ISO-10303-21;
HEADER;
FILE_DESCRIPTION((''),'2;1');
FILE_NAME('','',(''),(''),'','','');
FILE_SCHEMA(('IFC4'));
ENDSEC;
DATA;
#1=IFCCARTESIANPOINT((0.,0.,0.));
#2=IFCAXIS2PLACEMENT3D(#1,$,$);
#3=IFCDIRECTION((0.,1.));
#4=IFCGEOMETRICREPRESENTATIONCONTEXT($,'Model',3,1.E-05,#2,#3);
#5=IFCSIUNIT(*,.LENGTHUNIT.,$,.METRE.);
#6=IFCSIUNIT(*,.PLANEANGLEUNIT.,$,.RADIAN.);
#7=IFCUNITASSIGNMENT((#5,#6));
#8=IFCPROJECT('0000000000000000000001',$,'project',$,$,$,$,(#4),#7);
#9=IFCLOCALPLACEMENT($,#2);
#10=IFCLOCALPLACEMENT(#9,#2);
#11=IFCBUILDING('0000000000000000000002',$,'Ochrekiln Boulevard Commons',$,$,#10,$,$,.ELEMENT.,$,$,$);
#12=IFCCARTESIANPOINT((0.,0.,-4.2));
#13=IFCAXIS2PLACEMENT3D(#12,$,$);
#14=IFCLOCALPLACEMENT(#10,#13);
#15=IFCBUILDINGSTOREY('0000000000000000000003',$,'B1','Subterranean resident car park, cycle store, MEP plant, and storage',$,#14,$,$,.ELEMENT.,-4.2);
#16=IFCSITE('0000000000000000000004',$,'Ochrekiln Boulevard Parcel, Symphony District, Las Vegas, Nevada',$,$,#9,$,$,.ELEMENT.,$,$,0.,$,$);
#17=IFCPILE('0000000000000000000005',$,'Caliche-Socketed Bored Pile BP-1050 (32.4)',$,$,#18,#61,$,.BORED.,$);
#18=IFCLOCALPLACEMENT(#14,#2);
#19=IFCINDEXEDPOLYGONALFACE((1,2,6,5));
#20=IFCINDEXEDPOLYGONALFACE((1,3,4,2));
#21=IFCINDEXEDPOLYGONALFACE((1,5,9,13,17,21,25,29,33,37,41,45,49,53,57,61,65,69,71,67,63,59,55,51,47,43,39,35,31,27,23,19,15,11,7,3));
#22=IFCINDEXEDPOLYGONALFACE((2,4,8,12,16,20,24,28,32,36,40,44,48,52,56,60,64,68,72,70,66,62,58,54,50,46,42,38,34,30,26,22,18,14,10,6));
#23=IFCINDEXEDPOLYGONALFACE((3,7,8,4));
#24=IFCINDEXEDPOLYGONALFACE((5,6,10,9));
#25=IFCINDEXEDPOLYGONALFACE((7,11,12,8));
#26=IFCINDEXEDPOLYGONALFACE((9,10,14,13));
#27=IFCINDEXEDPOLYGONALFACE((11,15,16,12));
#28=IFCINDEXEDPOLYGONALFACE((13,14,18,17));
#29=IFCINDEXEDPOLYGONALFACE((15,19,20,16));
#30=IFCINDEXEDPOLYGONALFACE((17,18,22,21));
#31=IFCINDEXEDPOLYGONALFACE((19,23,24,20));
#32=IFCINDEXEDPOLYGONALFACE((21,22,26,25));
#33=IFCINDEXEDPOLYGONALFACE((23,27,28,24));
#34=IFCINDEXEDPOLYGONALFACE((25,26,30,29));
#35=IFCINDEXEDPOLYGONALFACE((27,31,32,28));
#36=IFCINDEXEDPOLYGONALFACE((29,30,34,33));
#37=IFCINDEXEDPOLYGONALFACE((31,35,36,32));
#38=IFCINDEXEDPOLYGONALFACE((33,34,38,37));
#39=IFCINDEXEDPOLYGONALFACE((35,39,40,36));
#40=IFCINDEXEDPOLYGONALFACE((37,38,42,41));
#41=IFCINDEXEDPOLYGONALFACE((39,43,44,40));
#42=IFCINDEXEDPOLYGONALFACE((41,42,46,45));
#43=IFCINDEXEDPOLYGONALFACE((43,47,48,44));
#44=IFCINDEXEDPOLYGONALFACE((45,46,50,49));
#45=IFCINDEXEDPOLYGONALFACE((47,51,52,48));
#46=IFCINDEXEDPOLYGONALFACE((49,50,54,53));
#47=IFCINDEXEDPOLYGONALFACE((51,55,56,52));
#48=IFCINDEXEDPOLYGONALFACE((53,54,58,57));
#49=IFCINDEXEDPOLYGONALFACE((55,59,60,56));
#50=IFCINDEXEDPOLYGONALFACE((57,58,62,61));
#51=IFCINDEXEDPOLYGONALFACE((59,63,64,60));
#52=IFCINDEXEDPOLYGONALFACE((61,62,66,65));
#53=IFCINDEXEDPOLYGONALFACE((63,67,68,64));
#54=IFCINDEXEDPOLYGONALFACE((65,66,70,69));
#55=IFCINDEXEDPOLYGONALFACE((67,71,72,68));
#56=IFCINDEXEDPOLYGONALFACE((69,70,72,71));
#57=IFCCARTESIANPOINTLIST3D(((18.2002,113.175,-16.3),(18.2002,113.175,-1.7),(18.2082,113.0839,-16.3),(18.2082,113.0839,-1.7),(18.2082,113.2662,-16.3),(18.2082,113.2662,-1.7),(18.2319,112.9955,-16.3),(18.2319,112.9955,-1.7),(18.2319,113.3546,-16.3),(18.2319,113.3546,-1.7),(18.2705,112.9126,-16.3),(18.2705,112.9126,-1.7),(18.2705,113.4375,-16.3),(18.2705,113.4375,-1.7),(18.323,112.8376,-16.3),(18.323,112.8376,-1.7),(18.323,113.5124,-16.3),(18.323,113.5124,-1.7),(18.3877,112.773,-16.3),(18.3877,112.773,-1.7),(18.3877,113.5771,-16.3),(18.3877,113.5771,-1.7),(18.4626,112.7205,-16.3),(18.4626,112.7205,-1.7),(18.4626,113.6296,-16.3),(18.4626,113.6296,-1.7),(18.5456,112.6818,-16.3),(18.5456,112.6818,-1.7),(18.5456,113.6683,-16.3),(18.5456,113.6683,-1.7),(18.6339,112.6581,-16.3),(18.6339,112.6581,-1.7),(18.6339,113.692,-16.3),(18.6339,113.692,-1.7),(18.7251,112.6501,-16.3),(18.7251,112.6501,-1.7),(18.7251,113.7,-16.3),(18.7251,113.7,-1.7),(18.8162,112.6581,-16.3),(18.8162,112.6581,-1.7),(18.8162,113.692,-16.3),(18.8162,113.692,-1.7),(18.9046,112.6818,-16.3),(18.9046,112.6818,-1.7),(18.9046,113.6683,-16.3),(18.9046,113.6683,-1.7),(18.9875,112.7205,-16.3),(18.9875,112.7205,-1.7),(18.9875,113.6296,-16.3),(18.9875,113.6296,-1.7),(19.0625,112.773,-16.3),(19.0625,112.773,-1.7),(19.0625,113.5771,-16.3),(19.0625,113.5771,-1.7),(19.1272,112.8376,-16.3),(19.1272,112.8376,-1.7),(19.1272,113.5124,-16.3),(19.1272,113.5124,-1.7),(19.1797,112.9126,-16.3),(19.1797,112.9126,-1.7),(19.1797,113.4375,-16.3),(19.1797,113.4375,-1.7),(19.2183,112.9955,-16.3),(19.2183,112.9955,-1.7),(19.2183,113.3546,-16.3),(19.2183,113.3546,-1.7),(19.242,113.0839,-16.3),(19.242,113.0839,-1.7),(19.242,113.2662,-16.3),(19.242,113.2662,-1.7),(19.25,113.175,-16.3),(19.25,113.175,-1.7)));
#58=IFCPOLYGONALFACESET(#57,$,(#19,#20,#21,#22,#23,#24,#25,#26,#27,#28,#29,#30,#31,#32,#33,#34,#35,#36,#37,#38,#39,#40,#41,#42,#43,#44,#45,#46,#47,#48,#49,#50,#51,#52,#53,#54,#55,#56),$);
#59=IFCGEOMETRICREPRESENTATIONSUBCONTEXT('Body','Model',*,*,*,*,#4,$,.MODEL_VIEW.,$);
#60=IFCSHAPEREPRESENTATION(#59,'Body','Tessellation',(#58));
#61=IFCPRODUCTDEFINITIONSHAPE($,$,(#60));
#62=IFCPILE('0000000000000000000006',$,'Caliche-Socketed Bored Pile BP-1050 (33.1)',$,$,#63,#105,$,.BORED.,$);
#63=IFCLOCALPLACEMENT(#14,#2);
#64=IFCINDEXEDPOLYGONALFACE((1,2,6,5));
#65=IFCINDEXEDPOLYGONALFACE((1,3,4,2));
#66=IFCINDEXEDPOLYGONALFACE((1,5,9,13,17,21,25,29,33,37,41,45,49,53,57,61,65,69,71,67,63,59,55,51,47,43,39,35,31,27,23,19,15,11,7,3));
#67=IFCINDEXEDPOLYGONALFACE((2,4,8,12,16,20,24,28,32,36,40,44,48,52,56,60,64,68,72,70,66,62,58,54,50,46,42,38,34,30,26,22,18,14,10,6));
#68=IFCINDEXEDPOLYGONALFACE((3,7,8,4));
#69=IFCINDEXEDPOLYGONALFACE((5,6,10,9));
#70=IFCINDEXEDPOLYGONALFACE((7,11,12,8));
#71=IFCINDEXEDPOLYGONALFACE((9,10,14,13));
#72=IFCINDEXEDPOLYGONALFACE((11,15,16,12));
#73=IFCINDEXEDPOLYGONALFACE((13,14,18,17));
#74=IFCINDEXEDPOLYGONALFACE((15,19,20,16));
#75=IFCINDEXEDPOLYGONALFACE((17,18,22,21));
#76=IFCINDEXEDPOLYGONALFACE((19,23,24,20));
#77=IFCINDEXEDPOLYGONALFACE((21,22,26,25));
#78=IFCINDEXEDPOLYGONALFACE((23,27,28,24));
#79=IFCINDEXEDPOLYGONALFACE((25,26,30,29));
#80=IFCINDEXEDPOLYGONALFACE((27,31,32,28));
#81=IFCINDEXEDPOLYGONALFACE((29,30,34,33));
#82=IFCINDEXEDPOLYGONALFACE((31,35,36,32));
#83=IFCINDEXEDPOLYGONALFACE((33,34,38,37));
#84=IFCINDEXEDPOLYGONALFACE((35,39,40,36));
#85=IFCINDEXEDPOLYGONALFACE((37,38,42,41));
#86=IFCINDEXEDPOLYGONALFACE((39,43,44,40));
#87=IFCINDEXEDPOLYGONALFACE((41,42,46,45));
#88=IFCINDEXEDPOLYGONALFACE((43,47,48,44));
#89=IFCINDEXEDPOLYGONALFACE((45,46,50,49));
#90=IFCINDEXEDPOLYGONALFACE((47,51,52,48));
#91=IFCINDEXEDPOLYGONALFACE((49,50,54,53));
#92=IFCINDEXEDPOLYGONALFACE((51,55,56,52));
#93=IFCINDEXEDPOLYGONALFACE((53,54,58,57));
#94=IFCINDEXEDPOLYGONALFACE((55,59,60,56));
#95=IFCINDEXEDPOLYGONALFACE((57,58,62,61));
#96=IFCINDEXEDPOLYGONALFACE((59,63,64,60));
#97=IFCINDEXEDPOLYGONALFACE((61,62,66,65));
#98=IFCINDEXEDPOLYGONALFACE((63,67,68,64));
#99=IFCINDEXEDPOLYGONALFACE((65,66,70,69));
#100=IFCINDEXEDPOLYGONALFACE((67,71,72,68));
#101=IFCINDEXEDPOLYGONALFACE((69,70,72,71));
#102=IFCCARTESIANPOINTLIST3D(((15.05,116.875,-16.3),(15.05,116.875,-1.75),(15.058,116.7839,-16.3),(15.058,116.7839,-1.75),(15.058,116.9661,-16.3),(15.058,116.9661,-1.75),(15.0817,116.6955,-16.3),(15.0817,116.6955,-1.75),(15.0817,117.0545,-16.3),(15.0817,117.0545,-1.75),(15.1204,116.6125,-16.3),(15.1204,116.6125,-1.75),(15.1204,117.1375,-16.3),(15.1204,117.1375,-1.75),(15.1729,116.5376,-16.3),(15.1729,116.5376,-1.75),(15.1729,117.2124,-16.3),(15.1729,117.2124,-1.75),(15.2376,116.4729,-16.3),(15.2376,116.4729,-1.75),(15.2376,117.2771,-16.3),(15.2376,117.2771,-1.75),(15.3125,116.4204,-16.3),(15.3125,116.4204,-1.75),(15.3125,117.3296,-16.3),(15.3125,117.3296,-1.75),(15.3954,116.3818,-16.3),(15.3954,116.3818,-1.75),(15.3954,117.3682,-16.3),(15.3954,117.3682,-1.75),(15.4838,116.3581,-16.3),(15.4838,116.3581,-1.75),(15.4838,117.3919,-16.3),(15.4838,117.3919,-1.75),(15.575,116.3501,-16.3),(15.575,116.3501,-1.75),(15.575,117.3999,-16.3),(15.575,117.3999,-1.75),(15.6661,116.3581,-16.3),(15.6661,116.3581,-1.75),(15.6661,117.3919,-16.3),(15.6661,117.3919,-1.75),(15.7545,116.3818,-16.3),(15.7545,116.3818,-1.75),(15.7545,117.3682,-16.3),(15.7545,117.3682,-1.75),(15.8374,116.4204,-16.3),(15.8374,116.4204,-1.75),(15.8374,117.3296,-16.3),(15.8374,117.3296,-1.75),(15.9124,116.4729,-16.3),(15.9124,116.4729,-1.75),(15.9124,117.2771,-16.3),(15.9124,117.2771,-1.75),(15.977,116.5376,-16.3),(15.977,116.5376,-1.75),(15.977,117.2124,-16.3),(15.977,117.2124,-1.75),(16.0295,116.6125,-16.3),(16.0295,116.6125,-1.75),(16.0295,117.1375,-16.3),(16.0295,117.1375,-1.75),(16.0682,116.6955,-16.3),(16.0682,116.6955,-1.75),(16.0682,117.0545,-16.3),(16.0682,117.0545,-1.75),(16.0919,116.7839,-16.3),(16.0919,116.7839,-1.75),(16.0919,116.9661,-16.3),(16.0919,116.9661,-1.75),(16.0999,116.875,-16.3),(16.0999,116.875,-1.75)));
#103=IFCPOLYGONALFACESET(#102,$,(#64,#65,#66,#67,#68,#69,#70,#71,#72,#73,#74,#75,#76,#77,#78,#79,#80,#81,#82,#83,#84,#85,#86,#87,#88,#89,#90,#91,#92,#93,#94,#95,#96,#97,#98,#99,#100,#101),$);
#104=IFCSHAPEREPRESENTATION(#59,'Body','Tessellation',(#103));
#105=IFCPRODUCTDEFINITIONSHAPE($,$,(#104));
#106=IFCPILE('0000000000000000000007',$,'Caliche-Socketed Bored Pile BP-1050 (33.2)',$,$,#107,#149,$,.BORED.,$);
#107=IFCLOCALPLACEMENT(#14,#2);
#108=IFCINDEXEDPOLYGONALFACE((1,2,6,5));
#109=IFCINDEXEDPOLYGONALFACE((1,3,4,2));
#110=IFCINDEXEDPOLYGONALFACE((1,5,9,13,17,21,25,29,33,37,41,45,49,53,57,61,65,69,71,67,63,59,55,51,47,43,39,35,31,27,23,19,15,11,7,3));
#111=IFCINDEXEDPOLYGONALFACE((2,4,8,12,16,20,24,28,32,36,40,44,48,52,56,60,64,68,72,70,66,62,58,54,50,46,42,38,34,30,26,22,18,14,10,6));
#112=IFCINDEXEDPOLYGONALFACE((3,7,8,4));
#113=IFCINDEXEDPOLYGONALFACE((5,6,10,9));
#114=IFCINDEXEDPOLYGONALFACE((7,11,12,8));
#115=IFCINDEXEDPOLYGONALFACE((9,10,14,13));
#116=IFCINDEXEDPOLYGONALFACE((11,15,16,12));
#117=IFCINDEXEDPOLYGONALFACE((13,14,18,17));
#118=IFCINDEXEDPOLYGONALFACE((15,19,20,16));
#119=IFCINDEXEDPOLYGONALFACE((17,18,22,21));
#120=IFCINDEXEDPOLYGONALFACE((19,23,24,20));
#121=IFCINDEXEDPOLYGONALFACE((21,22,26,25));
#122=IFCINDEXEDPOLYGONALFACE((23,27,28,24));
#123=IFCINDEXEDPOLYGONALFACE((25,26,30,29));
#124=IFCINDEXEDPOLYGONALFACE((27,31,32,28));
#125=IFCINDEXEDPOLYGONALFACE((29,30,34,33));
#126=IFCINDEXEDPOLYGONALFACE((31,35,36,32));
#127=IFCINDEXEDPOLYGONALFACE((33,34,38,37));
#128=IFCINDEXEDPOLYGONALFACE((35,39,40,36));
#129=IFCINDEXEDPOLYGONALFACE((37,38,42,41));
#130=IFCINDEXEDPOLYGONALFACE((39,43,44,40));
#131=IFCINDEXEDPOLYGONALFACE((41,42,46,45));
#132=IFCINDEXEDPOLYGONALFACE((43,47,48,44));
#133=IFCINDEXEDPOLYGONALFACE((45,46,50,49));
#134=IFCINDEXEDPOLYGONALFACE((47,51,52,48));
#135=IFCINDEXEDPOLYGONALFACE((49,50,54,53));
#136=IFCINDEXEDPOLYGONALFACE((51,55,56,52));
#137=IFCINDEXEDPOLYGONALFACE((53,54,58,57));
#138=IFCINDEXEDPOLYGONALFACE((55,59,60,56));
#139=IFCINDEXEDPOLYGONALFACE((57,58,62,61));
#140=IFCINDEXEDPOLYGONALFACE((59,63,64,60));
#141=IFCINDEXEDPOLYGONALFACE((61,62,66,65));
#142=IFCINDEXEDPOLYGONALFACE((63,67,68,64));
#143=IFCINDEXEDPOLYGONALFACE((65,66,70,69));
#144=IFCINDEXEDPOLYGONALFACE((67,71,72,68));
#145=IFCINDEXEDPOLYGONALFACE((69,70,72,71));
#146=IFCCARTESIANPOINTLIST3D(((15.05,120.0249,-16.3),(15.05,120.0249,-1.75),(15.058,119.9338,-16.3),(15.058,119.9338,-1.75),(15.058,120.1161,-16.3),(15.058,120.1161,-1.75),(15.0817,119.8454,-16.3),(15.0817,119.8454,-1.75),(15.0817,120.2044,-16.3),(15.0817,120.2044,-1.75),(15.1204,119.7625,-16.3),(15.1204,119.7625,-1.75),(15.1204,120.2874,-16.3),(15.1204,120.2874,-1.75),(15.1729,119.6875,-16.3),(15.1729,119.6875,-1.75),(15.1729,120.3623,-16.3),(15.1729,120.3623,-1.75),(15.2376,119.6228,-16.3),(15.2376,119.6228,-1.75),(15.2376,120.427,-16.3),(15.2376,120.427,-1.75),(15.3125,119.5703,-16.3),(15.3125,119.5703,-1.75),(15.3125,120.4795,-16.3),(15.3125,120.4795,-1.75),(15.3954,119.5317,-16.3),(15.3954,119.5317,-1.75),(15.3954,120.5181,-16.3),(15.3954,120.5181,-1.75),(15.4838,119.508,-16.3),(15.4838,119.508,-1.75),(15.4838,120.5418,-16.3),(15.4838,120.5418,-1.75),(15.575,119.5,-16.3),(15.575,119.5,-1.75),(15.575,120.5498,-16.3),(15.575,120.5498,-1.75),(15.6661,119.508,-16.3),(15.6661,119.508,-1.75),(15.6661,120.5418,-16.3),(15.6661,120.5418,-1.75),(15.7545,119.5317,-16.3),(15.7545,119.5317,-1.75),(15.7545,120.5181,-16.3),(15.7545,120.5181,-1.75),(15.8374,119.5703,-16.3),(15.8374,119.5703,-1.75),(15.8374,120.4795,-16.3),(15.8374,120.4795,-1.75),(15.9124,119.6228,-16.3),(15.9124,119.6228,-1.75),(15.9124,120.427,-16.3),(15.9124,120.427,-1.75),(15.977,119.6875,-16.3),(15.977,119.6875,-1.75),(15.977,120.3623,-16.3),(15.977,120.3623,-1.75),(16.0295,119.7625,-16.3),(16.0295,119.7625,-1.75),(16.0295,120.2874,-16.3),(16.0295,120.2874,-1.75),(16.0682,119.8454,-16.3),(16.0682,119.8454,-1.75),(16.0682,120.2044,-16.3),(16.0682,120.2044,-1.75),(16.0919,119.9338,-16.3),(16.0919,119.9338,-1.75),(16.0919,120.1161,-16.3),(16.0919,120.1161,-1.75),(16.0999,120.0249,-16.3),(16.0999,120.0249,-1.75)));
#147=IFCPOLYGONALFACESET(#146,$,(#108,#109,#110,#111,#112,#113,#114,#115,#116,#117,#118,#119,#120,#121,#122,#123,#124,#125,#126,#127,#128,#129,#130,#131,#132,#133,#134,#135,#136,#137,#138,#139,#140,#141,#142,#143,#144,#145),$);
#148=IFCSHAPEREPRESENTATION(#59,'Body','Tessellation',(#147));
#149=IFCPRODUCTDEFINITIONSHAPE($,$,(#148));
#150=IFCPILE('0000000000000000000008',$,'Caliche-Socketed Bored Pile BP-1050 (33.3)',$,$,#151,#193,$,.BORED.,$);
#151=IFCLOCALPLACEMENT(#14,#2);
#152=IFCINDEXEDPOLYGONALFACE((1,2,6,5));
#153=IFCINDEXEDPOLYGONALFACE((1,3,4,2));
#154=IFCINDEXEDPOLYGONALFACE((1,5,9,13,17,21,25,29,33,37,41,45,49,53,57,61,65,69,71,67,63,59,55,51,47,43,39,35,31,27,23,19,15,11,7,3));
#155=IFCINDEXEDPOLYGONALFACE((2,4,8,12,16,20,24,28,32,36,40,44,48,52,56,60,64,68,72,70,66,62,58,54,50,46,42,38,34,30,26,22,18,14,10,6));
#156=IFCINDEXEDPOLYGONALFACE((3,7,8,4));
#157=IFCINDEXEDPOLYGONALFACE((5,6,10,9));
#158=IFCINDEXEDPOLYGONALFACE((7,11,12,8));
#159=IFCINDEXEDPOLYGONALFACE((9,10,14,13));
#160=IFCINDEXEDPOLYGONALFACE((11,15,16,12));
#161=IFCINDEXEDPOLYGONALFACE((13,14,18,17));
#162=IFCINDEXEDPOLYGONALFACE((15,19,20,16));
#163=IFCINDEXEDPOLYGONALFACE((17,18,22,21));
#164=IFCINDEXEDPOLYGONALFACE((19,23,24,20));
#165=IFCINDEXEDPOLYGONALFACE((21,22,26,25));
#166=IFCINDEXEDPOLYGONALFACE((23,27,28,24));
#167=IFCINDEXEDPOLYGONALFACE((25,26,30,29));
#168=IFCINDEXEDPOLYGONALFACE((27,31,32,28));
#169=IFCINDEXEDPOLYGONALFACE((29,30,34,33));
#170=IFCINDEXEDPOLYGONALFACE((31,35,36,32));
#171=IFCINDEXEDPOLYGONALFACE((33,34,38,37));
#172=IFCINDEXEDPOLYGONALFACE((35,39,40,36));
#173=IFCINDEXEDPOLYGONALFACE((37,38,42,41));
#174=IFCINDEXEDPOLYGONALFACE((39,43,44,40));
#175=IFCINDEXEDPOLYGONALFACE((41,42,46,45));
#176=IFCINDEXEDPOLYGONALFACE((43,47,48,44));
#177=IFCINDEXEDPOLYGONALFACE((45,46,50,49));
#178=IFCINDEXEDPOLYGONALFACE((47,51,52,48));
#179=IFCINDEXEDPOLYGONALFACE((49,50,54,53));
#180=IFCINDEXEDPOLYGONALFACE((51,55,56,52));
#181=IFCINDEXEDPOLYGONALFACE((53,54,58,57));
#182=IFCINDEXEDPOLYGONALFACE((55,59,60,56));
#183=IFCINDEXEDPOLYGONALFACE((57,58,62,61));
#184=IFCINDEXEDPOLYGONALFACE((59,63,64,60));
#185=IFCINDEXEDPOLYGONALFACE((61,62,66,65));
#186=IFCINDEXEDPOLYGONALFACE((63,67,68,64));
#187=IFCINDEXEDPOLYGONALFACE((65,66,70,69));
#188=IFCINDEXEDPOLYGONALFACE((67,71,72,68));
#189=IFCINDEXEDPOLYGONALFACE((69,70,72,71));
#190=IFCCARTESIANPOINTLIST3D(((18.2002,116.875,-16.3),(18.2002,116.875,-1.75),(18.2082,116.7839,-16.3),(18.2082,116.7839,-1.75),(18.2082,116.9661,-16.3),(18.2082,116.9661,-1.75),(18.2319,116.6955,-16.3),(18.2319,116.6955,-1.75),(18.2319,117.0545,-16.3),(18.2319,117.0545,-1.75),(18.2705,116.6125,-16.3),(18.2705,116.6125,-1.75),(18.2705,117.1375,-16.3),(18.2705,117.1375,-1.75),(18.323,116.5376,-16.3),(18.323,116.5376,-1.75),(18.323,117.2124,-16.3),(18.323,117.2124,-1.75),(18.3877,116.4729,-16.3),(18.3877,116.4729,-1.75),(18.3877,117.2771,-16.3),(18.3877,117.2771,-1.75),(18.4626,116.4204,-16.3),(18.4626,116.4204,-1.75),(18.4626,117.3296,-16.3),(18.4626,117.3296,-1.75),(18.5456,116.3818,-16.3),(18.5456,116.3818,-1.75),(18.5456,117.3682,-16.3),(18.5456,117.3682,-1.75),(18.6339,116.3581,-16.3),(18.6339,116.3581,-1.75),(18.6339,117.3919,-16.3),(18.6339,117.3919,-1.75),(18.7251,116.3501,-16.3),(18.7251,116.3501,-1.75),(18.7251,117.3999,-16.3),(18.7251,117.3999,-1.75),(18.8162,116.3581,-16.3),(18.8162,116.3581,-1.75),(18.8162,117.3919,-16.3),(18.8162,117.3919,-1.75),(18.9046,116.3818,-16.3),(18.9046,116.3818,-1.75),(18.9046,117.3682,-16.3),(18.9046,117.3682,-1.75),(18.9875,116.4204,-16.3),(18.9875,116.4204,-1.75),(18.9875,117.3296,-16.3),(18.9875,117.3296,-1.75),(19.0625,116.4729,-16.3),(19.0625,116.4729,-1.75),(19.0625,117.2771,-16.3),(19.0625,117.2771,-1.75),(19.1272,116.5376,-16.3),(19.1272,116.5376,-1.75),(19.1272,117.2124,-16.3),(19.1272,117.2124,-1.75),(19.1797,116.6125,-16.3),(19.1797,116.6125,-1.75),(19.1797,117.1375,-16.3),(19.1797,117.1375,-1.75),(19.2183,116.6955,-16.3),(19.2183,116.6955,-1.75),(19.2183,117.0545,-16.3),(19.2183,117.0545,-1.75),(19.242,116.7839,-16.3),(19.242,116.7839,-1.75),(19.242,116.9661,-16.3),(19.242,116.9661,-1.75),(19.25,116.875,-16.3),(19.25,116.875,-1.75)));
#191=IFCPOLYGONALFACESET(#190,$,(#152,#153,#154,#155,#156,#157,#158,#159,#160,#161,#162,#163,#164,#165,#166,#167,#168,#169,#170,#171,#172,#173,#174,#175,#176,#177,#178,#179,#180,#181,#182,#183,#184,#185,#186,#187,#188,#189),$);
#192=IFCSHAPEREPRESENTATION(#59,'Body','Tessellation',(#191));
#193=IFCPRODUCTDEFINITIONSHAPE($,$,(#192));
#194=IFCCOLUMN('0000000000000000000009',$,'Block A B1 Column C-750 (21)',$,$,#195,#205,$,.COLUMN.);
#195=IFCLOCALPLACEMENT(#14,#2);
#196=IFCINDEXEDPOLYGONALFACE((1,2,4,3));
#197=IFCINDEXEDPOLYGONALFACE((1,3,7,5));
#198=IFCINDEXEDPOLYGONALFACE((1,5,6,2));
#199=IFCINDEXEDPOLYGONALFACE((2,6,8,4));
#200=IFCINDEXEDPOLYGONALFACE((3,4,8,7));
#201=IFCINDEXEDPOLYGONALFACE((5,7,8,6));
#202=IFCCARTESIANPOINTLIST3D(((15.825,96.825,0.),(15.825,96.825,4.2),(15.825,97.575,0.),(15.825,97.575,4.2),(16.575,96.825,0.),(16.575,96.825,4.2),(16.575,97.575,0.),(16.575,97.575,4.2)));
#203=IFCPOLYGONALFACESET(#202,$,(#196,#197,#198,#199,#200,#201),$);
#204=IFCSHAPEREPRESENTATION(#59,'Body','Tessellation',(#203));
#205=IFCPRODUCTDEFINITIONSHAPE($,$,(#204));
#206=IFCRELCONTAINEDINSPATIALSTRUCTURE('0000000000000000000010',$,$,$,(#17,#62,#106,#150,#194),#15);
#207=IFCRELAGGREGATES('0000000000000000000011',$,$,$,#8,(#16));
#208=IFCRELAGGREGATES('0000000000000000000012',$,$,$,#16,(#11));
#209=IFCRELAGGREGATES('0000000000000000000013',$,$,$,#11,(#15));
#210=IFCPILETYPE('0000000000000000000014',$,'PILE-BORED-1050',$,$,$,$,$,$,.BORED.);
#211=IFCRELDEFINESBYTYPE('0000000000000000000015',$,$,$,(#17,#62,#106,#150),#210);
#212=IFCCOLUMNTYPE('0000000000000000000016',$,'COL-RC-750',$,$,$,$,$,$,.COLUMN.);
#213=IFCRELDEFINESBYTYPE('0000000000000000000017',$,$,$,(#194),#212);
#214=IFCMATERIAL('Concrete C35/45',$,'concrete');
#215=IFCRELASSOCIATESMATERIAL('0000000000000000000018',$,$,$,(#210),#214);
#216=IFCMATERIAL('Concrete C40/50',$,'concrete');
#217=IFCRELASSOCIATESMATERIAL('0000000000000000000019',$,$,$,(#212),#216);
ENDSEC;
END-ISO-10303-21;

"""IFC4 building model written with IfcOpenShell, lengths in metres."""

from ifc_helpers import new_model, si_unit, direction, frame, origin, origin_2d, place, context, subcontext, project, spatial, rectangle, circle, extrude, material, material_profile, profile_set, type_object, element, save


model = new_model("IFC4")

# Units and contexts
model_context = context("Model", 3, precision=1e-05, world=origin(), true_north=direction((0.0, 1.0)))
body_context = subcontext(model_context, "Body", "Model", "MODEL_VIEW")
ifc_project = project(units=[si_unit("LENGTHUNIT", "METRE"), si_unit("PLANEANGLEUNIT", "RADIAN")], contexts=[model_context])

# Site, building, storey
site_placement = place(None, origin())
site = spatial("IfcSite", under=ifc_project, at=site_placement, Name="Ochrekiln Boulevard Parcel, Symphony District, Las Vegas, Nevada", CompositionType="ELEMENT", RefElevation=0.0)
building_placement = place(site_placement, origin())
building = spatial("IfcBuilding", under=site, at=building_placement, Name="Ochrekiln Boulevard Commons", CompositionType="ELEMENT")
storey_placement = place(building_placement, frame((0.0, 0.0, -4.2)))
storey = spatial("IfcBuildingStorey", under=building, at=storey_placement, Name="B1", Description="Subterranean resident car park, cycle store, MEP plant, and storage", CompositionType="ELEMENT", Elevation=-4.2)

# Shared definitions
ifc_material_1 = material(Name="Concrete C35/45", Category="concrete")

# Piles
ifc_material_profile_1 = material_profile(ifc_material_1, circle(Radius=0.5249, at=origin_2d()), Name="PILE-D1050")
ifc_profile_set_1 = profile_set([ifc_material_profile_1], Name="Concrete C35/45")
pile_type = type_object("IfcPileType", Name="PILE-BORED-1050", PredefinedType="BORED", material=ifc_profile_set_1)
for number, where, z_axis, x_axis, name in (
    (1, (18.7251, 113.175, -1.7), (0.0, 0.0, -1.0), (1.0, 0.0, 0.0), "Caliche-Socketed Bored Pile BP-1050 (32.4)"),
):
    element("IfcPile", number, at=place(storey_placement, frame(where, z_axis=z_axis, x_axis=x_axis)), inside=storey, type_object=pile_type, Name=name, PredefinedType="BORED", context=body_context, shape_type="SweptSolid", body=[
        extrude(circle(Radius=0.5249, at=origin_2d()), origin(), (0.0, 0.0, 1.0), 14.6001),
    ])
for number, where, z_axis, x_axis, name in (
    (2, (15.575, 116.875, -1.75), (0.0, 0.0, -1.0), (1.0, 0.0, 0.0), "Caliche-Socketed Bored Pile BP-1050 (33.1)"),
    (3, (15.575, 120.0249, -1.75), (0.0, 0.0, -1.0), (1.0, 0.0, 0.0), "Caliche-Socketed Bored Pile BP-1050 (33.2)"),
    (4, (18.7251, 116.875, -1.75), (0.0, 0.0, -1.0), (1.0, 0.0, 0.0), "Caliche-Socketed Bored Pile BP-1050 (33.3)"),
):
    element("IfcPile", number, at=place(storey_placement, frame(where, z_axis=z_axis, x_axis=x_axis)), inside=storey, type_object=pile_type, Name=name, PredefinedType="BORED", context=body_context, shape_type="SweptSolid", body=[
        extrude(circle(Radius=0.5249, at=origin_2d()), origin(), (0.0, 0.0, 1.0), 14.55),
    ])

# Column
ifc_material_2 = material(Name="Concrete C40/50", Category="concrete")
ifc_material_profile_2 = material_profile(ifc_material_2, rectangle(XDim=0.75, YDim=0.75, at=origin_2d()), Name="RC-COL-750x750")
ifc_profile_set_2 = profile_set([ifc_material_profile_2], Name="Concrete C40/50")
column_type = type_object("IfcColumnType", Name="COL-RC-750", PredefinedType="COLUMN", material=ifc_profile_set_2)
for number, where, z_axis, x_axis, name in (
    (5, (16.2, 97.2, 0.0), (0.0, 0.0, 1.0), (1.0, 0.0, 0.0), "Block A B1 Column C-750 (21)"),
):
    element("IfcColumn", number, at=place(storey_placement, frame(where, z_axis=z_axis, x_axis=x_axis)), inside=storey, type_object=column_type, Name=name, PredefinedType="COLUMN", context=body_context, shape_type="SweptSolid", body=[
        extrude(rectangle(XDim=0.75, YDim=0.75, at=origin_2d()), origin(), (0.0, 0.0, 1.0), 4.2),
    ])

save(model, "model.ifc")
